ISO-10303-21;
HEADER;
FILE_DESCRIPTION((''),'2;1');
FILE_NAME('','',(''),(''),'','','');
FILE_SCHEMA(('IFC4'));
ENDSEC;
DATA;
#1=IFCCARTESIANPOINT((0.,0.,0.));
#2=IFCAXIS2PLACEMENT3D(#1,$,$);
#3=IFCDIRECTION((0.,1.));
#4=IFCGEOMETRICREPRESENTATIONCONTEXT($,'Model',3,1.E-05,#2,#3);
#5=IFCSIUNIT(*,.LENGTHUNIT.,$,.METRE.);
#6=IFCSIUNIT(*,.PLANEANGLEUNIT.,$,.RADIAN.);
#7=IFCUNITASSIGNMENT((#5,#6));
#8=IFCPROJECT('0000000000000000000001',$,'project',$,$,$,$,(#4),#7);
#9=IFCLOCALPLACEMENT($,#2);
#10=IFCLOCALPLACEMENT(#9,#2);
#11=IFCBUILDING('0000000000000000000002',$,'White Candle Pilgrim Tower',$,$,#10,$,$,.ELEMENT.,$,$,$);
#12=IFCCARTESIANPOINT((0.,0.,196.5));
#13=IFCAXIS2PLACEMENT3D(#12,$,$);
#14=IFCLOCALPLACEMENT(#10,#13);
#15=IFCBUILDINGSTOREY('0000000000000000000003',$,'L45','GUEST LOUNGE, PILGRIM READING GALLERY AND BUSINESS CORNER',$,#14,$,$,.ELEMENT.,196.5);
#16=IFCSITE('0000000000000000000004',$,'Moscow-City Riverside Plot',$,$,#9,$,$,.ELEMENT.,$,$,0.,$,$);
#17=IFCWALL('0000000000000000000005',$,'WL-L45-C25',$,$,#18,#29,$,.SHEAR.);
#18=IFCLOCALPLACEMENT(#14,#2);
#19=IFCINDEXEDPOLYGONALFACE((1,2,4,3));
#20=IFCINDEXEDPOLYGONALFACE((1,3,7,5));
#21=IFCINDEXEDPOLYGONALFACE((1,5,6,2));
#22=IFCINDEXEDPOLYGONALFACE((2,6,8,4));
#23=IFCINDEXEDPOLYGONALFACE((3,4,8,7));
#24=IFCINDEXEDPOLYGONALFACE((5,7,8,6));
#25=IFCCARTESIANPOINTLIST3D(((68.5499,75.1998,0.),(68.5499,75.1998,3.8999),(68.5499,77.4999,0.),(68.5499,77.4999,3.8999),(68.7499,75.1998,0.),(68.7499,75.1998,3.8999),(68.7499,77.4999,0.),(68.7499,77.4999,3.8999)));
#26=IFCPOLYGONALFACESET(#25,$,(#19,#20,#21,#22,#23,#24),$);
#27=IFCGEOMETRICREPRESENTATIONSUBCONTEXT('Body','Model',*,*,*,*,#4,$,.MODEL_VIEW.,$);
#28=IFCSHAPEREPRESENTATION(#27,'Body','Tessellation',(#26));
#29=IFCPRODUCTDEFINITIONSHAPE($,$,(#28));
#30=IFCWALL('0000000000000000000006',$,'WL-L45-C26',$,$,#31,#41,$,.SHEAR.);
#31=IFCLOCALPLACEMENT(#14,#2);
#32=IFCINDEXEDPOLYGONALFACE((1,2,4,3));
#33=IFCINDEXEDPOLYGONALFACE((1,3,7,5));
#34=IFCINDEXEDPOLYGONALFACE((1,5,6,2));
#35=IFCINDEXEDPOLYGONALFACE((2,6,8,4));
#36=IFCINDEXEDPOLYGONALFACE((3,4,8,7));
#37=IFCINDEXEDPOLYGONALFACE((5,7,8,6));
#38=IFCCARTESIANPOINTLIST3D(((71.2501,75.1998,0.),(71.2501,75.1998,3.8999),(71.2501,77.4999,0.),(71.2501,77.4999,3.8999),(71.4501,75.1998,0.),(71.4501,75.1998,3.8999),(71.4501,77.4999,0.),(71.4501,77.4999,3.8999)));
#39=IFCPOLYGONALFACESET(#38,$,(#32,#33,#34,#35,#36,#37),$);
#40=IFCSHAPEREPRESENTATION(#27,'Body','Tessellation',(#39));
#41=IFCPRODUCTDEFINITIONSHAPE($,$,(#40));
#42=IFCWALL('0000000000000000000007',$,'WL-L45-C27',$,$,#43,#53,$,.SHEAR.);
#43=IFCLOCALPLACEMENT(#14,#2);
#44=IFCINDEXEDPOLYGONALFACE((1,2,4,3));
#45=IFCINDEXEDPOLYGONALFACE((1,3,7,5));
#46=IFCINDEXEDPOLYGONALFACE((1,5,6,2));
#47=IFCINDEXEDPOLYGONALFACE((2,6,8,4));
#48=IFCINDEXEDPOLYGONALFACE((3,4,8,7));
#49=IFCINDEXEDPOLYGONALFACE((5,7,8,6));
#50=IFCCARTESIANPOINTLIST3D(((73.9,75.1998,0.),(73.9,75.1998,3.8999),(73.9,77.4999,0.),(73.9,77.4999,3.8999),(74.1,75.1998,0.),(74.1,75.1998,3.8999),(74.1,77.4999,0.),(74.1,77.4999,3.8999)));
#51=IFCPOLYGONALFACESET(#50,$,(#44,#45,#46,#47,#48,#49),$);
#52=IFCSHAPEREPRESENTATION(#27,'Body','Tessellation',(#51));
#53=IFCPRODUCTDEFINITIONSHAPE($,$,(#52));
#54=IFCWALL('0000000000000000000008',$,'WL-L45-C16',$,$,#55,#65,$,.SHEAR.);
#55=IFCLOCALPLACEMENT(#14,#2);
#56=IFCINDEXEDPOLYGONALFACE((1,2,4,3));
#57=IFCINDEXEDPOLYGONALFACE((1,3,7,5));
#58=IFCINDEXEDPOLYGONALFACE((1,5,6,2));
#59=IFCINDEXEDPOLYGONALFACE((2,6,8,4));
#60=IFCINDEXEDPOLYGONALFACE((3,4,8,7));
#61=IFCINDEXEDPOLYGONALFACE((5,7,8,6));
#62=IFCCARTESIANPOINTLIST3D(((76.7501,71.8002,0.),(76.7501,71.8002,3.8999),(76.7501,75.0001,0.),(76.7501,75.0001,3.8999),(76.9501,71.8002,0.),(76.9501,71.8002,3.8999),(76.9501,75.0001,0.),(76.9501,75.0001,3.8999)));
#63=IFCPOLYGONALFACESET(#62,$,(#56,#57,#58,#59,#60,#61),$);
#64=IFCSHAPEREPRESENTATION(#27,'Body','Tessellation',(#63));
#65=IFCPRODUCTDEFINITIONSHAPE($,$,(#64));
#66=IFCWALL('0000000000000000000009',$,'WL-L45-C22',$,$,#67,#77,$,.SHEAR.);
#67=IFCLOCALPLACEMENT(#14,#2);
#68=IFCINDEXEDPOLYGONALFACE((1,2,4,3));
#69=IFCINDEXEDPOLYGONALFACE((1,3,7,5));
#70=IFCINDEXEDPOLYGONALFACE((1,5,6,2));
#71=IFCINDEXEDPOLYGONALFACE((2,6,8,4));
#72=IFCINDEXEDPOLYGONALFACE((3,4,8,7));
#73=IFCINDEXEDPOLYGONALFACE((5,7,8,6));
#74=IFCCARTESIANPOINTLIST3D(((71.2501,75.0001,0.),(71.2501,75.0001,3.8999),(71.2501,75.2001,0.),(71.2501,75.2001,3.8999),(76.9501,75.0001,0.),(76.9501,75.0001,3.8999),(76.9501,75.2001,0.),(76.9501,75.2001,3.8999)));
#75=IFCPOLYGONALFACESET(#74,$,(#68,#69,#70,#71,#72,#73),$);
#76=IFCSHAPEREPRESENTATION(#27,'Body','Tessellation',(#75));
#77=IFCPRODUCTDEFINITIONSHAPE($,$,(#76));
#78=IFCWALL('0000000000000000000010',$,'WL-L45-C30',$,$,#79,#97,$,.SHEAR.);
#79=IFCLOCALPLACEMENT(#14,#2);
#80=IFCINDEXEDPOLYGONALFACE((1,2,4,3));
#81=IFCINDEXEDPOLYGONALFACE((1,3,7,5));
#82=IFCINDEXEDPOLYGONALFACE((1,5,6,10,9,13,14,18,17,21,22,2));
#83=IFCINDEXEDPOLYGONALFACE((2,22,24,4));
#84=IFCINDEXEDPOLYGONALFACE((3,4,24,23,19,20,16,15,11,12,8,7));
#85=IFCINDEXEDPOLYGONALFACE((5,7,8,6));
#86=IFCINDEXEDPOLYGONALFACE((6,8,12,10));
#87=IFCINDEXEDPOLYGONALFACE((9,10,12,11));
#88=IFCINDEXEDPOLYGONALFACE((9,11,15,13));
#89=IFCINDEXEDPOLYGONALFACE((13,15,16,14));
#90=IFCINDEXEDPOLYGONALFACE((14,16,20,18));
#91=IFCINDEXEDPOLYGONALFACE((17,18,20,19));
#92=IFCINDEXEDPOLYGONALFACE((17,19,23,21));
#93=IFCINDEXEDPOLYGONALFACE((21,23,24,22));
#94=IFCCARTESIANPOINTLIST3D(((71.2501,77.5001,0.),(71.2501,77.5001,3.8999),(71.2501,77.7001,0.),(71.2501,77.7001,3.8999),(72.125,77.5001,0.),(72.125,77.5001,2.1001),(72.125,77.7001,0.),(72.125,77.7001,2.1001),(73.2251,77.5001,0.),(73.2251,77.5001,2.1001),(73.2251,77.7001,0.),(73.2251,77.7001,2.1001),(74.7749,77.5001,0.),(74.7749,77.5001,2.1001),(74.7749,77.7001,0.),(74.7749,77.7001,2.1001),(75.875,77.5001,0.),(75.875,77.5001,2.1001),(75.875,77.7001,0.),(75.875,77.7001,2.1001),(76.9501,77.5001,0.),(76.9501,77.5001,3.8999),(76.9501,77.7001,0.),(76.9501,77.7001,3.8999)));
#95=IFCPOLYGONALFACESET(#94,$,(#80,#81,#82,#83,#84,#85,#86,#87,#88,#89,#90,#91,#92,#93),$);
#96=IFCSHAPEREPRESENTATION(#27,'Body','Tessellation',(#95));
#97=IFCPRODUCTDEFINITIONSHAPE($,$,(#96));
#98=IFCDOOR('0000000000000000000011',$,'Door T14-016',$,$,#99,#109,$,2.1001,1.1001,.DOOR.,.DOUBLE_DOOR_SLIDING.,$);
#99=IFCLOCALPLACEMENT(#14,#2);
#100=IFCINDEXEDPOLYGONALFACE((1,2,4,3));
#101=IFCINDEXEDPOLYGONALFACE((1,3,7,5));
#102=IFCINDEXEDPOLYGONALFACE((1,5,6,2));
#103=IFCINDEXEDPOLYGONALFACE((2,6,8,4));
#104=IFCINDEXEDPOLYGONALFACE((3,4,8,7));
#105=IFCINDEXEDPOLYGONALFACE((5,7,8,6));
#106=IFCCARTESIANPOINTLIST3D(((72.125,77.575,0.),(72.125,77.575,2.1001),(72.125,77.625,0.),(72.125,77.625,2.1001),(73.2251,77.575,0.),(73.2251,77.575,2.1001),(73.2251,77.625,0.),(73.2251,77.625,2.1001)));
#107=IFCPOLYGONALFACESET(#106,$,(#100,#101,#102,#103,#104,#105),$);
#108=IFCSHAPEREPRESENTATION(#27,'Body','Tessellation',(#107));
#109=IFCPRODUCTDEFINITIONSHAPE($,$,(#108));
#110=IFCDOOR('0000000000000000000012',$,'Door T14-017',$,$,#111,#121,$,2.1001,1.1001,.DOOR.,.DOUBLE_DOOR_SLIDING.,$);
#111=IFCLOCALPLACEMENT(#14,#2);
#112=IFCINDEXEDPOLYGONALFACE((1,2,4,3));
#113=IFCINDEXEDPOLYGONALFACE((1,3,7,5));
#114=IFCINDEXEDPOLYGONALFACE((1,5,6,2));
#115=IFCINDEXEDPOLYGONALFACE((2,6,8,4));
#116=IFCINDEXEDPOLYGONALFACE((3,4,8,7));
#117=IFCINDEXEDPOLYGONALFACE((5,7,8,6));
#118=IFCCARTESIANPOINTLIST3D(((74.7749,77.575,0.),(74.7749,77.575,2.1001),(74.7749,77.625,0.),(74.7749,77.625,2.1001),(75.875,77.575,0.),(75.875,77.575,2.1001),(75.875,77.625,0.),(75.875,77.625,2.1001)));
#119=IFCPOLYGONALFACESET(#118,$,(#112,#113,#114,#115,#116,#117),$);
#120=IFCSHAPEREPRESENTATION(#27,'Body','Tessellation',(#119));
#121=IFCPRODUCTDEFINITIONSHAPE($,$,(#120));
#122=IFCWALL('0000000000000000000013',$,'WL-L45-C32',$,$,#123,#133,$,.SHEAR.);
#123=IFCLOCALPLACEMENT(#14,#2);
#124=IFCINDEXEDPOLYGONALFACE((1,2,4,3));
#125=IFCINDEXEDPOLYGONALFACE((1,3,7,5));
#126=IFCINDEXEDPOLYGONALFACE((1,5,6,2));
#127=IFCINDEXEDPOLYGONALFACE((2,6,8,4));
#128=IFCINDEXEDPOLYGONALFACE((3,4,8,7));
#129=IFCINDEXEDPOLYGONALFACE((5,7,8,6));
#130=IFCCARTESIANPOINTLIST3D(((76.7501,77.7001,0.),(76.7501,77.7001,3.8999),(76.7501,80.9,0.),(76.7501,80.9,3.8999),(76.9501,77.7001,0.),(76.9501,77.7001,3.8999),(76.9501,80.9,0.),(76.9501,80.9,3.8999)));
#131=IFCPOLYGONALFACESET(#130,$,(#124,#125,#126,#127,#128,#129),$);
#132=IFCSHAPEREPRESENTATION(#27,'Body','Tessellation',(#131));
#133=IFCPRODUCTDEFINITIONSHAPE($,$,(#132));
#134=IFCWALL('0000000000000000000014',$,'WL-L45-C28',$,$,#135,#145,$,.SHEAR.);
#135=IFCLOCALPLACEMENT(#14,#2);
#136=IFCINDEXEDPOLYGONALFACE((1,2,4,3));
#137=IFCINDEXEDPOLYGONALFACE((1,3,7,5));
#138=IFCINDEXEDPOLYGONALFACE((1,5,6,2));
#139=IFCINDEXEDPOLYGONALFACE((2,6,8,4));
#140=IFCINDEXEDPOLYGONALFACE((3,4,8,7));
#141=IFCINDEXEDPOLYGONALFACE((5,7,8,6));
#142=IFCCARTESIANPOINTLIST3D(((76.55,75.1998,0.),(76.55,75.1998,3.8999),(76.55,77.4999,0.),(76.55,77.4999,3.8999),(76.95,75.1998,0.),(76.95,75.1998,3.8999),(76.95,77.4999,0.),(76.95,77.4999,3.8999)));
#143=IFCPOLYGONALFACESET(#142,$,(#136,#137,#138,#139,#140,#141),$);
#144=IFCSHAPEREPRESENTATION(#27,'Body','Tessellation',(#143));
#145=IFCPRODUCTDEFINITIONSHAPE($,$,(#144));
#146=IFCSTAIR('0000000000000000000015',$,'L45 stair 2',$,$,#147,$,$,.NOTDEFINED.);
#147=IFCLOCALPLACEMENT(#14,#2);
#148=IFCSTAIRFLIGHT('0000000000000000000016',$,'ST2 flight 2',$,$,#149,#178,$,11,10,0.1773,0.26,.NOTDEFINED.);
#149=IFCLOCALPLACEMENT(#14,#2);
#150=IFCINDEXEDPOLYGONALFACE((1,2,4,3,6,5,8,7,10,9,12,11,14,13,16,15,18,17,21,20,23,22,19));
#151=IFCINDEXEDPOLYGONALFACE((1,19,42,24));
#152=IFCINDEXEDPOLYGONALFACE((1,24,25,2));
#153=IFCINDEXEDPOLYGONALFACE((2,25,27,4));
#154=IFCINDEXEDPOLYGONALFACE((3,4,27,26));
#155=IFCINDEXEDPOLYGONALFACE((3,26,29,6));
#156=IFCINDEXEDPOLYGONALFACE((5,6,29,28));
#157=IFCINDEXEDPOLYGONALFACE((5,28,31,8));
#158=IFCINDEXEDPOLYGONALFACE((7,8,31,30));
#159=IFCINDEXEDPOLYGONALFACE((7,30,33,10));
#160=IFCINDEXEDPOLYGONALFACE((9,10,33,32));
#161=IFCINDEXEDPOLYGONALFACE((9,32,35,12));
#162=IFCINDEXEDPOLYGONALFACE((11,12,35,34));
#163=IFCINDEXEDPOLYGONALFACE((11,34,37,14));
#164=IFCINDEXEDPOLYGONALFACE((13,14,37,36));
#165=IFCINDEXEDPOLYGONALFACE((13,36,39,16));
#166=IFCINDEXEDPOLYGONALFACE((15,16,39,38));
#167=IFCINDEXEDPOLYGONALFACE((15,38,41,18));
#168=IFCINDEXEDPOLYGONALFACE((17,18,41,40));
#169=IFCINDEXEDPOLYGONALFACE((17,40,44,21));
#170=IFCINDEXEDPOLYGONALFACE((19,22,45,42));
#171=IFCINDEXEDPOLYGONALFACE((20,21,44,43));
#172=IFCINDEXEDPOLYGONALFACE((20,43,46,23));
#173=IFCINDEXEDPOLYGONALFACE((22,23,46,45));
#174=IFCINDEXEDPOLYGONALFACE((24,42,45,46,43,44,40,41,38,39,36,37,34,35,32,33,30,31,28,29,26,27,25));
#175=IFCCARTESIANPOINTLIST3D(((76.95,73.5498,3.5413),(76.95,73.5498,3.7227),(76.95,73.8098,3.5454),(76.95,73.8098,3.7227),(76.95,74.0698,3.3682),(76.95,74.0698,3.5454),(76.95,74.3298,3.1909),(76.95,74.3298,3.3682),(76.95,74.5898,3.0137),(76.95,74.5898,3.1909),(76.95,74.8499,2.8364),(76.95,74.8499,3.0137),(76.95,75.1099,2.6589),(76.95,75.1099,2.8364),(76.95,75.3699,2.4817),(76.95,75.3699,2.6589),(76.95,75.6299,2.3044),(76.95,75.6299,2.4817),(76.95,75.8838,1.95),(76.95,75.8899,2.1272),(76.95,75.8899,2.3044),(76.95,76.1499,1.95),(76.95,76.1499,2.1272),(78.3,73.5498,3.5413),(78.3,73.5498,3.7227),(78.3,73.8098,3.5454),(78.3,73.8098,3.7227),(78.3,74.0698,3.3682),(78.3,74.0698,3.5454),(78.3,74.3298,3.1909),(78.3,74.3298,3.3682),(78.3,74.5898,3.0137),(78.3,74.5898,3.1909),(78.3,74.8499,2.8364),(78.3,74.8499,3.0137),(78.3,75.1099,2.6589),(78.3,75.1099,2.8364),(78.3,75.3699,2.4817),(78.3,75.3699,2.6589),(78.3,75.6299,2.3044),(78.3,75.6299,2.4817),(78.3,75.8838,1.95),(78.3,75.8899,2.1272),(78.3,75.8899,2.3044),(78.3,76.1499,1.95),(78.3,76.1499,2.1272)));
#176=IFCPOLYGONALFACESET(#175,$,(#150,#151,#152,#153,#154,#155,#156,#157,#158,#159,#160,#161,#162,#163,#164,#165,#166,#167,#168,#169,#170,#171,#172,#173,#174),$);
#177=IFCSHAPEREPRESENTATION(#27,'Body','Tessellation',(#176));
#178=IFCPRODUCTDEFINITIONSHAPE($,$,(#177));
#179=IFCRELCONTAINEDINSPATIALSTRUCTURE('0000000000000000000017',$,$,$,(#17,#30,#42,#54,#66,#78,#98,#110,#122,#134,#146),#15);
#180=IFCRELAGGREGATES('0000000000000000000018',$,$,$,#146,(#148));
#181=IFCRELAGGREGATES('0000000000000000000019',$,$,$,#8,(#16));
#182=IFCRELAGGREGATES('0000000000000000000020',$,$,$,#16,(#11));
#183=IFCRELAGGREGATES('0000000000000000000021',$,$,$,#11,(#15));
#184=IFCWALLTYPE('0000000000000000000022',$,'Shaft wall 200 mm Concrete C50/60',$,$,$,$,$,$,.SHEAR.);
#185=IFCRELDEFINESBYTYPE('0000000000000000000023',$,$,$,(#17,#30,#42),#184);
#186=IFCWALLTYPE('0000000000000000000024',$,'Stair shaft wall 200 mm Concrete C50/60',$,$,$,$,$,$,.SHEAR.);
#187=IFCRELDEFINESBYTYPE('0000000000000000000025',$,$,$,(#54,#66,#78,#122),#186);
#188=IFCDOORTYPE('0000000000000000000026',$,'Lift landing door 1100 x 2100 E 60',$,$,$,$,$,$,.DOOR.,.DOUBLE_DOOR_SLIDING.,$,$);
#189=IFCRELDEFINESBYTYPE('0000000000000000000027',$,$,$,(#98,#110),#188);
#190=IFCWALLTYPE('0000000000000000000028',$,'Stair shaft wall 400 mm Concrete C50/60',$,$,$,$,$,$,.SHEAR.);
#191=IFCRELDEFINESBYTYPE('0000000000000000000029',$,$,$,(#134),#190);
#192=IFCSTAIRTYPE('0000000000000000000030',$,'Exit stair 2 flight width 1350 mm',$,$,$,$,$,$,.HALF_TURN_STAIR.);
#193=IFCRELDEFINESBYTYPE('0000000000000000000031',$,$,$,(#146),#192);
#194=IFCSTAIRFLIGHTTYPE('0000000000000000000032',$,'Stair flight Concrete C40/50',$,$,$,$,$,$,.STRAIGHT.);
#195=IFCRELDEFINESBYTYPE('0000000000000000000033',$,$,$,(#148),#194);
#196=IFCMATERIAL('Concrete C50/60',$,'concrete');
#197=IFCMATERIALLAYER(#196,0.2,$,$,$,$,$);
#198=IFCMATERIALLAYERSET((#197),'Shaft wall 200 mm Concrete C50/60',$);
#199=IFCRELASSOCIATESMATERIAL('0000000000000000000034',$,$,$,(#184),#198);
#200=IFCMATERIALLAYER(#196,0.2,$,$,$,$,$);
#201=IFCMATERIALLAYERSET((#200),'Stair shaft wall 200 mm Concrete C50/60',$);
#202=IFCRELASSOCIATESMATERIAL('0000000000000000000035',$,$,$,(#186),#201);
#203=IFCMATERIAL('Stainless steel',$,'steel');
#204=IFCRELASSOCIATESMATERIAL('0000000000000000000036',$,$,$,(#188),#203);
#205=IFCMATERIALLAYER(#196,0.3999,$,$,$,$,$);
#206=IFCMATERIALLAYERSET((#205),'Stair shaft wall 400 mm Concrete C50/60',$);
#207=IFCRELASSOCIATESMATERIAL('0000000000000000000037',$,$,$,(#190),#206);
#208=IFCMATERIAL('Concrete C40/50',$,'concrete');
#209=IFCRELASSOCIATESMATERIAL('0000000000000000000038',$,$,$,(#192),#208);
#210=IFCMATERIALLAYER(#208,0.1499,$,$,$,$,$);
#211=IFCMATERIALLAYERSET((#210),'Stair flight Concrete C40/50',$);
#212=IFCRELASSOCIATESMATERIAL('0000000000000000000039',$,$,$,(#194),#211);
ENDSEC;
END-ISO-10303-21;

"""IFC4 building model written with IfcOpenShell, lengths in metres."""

from ifc_helpers import new_model, si_unit, direction, frame, frame_2d, origin, place, context, subcontext, project, spatial, polyline, rectangle, outline, extrude, material, layer, layer_set, type_object, element, fill, aggregate, save


model = new_model("IFC4")

# Units and contexts
model_context = context("Model", 3, precision=1e-05, world=origin(), true_north=direction((0.0, 1.0)))
body_context = subcontext(model_context, "Body", "Model", "MODEL_VIEW")
ifc_project = project(units=[si_unit("LENGTHUNIT", "METRE"), si_unit("PLANEANGLEUNIT", "RADIAN")], contexts=[model_context])

# Site, building, storey
site_placement = place(None, origin())
site = spatial("IfcSite", under=ifc_project, at=site_placement, Name="Moscow-City Riverside Plot", CompositionType="ELEMENT", RefElevation=0.0)
building_placement = place(site_placement, origin())
building = spatial("IfcBuilding", under=site, at=building_placement, Name="White Candle Pilgrim Tower", CompositionType="ELEMENT")
storey_placement = place(building_placement, frame((0.0, 0.0, 196.5)))
storey = spatial("IfcBuildingStorey", under=building, at=storey_placement, Name="L45", Description="GUEST LOUNGE, PILGRIM READING GALLERY AND BUSINESS CORNER", CompositionType="ELEMENT", Elevation=196.5)

# Walls
ifc_material_1 = material(Name="Concrete C50/60", Category="concrete")
ifc_layer_1 = layer(ifc_material_1, 0.2)
ifc_layer_set_1 = layer_set([ifc_layer_1], Name="Shaft wall 200 mm Concrete C50/60")
wall_type_1 = type_object("IfcWallType", Name="Shaft wall 200 mm Concrete C50/60", PredefinedType="SHEAR", material=ifc_layer_set_1)
for number, where, z_axis, x_axis, name in (
    (1, (68.6499, 75.2, 0.0), (0.0, 0.0, 1.0), (0.0, 1.0, 0.0), "WL-L45-C25"),
    (2, (71.3501, 75.2, 0.0), (0.0, 0.0, 1.0), (0.0, 1.0, 0.0), "WL-L45-C26"),
    (3, (74.0, 75.2, 0.0), (0.0, 0.0, 1.0), (0.0, 1.0, 0.0), "WL-L45-C27"),
):
    element("IfcWall", number, at=place(storey_placement, frame(where, z_axis=z_axis, x_axis=x_axis)), inside=storey, type_object=wall_type_1, Name=name, PredefinedType="SHEAR", context=body_context, shape_type="SweptSolid", body=[
        extrude(rectangle(XDim=2.3, YDim=0.2, at=frame_2d((1.1499, 0.0))), origin(), (0.0, 0.0, 1.0), 3.8999),
    ])
ifc_layer_2 = layer(ifc_material_1, 0.2)
ifc_layer_set_2 = layer_set([ifc_layer_2], Name="Stair shaft wall 200 mm Concrete C50/60")
wall_type_2 = type_object("IfcWallType", Name="Stair shaft wall 200 mm Concrete C50/60", PredefinedType="SHEAR", material=ifc_layer_set_2)
wall_1_placement = place(storey_placement, frame((76.8501, 71.8, 0.0), z_axis=(0.0, 0.0, 1.0), x_axis=(0.0, 1.0, 0.0)))
element("IfcWall", 4, at=wall_1_placement, inside=storey, type_object=wall_type_2, Name="WL-L45-C16", PredefinedType="SHEAR", context=body_context, shape_type="SweptSolid", body=[
    extrude(rectangle(XDim=3.2, YDim=0.2, at=frame_2d((1.6001, 0.0))), origin(), (0.0, 0.0, 1.0), 3.8999),
])
wall_2_placement = place(storey_placement, frame((71.25, 75.1001, 0.0), z_axis=(0.0, 0.0, 1.0), x_axis=(1.0, 0.0, 0.0)))
element("IfcWall", 5, at=wall_2_placement, inside=storey, type_object=wall_type_2, Name="WL-L45-C22", PredefinedType="SHEAR", context=body_context, shape_type="SweptSolid", body=[
    extrude(rectangle(XDim=5.7, YDim=0.2, at=frame_2d((2.8501, 0.0))), origin(), (0.0, 0.0, 1.0), 3.8999),
])

# Wall, openings, doors
wall_3_placement = place(storey_placement, frame((71.25, 77.6001, 0.0), z_axis=(0.0, 0.0, 1.0), x_axis=(1.0, 0.0, 0.0)))
wall_3 = element("IfcWall", 6, at=wall_3_placement, inside=storey, type_object=wall_type_2, Name="WL-L45-C30", PredefinedType="SHEAR", context=body_context, shape_type="SweptSolid", body=[
    extrude(rectangle(XDim=5.7, YDim=0.2, at=frame_2d((2.8501, 0.0))), origin(), (0.0, 0.0, 1.0), 3.8999),
])
opening_1_placement = place(wall_3_placement, frame((0.875, 0.0, 0.0)))
opening_1 = element("IfcOpeningElement", 7, at=opening_1_placement, cuts=wall_3, PredefinedType="OPENING", context=body_context, shape_type="SweptSolid", body=[
    extrude(rectangle(XDim=1.1001, YDim=2.1001, at=frame_2d((0.55, 1.05))), frame((0.0, 0.1099, 0.0), z_axis=(0.0, -1.0, 0.0), x_axis=(1.0, 0.0, 0.0)), (0.0, 0.0, 1.0), 0.22),
])
opening_2_placement = place(wall_3_placement, frame((3.5249, 0.0, 0.0)))
opening_2 = element("IfcOpeningElement", 8, at=opening_2_placement, cuts=wall_3, PredefinedType="OPENING", context=body_context, shape_type="SweptSolid", body=[
    extrude(rectangle(XDim=1.1001, YDim=2.1001, at=frame_2d((0.55, 1.05))), frame((0.0, 0.1099, 0.0), z_axis=(0.0, -1.0, 0.0), x_axis=(1.0, 0.0, 0.0)), (0.0, 0.0, 1.0), 0.22),
])
ifc_material_2 = material(Name="Stainless steel", Category="steel")
door_type_1 = type_object("IfcDoorType", Name="Lift landing door 1100 x 2100 E 60", OperationType="DOUBLE_DOOR_SLIDING", PredefinedType="DOOR", material=ifc_material_2)
door_1_placement = place(opening_1_placement, origin())
door_1 = element("IfcDoor", 9, at=door_1_placement, inside=storey, type_object=door_type_1, Name="Door T14-016", OperationType="DOUBLE_DOOR_SLIDING", OverallHeight=2.1001, OverallWidth=1.1001, PredefinedType="DOOR", context=body_context, shape_type="SweptSolid", body=[
    extrude(rectangle(XDim=1.1001, YDim=2.1001, at=frame_2d((0.55, 1.05))), frame((0.0, 0.0249, 0.0), z_axis=(0.0, -1.0, 0.0), x_axis=(1.0, 0.0, 0.0)), (0.0, 0.0, 1.0), 0.05),
])
fill(opening_1, door_1)
door_2_placement = place(opening_2_placement, origin())
door_2 = element("IfcDoor", 10, at=door_2_placement, inside=storey, type_object=door_type_1, Name="Door T14-017", OperationType="DOUBLE_DOOR_SLIDING", OverallHeight=2.1001, OverallWidth=1.1001, PredefinedType="DOOR", context=body_context, shape_type="SweptSolid", body=[
    extrude(rectangle(XDim=1.1001, YDim=2.1001, at=frame_2d((0.55, 1.05))), frame((0.0, 0.0249, 0.0), z_axis=(0.0, -1.0, 0.0), x_axis=(1.0, 0.0, 0.0)), (0.0, 0.0, 1.0), 0.05),
])
fill(opening_2, door_2)

# Walls
wall_4_placement = place(storey_placement, frame((76.8501, 77.7, 0.0), z_axis=(0.0, 0.0, 1.0), x_axis=(0.0, 1.0, 0.0)))
element("IfcWall", 11, at=wall_4_placement, inside=storey, type_object=wall_type_2, Name="WL-L45-C32", PredefinedType="SHEAR", context=body_context, shape_type="SweptSolid", body=[
    extrude(rectangle(XDim=3.2, YDim=0.2, at=frame_2d((1.6001, 0.0))), origin(), (0.0, 0.0, 1.0), 3.8999),
])
ifc_layer_3 = layer(ifc_material_1, 0.3999)
ifc_layer_set_3 = layer_set([ifc_layer_3], Name="Stair shaft wall 400 mm Concrete C50/60")
wall_type_3 = type_object("IfcWallType", Name="Stair shaft wall 400 mm Concrete C50/60", PredefinedType="SHEAR", material=ifc_layer_set_3)
wall_5_placement = place(storey_placement, frame((76.75, 75.2, 0.0), z_axis=(0.0, 0.0, 1.0), x_axis=(0.0, 1.0, 0.0)))
element("IfcWall", 12, at=wall_5_placement, inside=storey, type_object=wall_type_3, Name="WL-L45-C28", PredefinedType="SHEAR", context=body_context, shape_type="SweptSolid", body=[
    extrude(rectangle(XDim=2.3, YDim=0.3999, at=frame_2d((1.1499, 0.0))), origin(), (0.0, 0.0, 1.0), 3.8999),
])

# Stair, stair flight
ifc_material_3 = material(Name="Concrete C40/50", Category="concrete")
stair_type = type_object("IfcStairType", Name="Exit stair 2 flight width 1350 mm", PredefinedType="HALF_TURN_STAIR", material=ifc_material_3)
stair_placement = place(storey_placement, origin())
stair = element("IfcStair", 13, at=stair_placement, inside=storey, type_object=stair_type, Name="L45 stair 2", PredefinedType="NOTDEFINED")
ifc_layer_4 = layer(ifc_material_3, 0.1499)
ifc_layer_set_4 = layer_set([ifc_layer_4], Name="Stair flight Concrete C40/50")
stair_flight_type = type_object("IfcStairFlightType", Name="Stair flight Concrete C40/50", PredefinedType="STRAIGHT", material=ifc_layer_set_4)
stair_flight_placement = place(storey_placement, frame((77.625, 76.1499, 1.95), z_axis=(0.0, 0.0, 1.0), x_axis=(0.0, -1.0, 0.0)))
stair_flight = element("IfcStairFlight", 14, at=stair_flight_placement, type_object=stair_flight_type, Name="ST2 flight 2", NumberOfRisers=11, NumberOfTreads=10, PredefinedType="NOTDEFINED", RiserHeight=0.1773, TreadLength=0.26, context=body_context, shape_type="SweptSolid", body=[
    extrude(outline(polyline([(0.0, 0.0), (0.0, 0.1772), (0.26, 0.1772), (0.26, 0.3545), (0.52, 0.3545), (0.52, 0.5317), (0.78, 0.5317), (0.78, 0.709), (1.04, 0.709), (1.04, 0.8865), (1.3, 0.8865), (1.3, 1.0637), (1.5601, 1.0637), (1.5601, 1.241), (1.8201, 1.241), (1.8201, 1.4182), (2.0801, 1.4182), (2.0801, 1.5955), (2.3401, 1.5955), (2.3401, 1.7727), (2.6001, 1.7727), (2.6001, 1.95), (2.6001, 1.5913), (0.2661, 0.0), (0.0, 0.0)])), frame((0.0, 0.675, 0.0), z_axis=(0.0, -1.0, 0.0), x_axis=(1.0, 0.0, 0.0)), (0.0, 0.0, 1.0), 1.3501),
])
aggregate(stair, [stair_flight])

save(model, "model.ifc")
